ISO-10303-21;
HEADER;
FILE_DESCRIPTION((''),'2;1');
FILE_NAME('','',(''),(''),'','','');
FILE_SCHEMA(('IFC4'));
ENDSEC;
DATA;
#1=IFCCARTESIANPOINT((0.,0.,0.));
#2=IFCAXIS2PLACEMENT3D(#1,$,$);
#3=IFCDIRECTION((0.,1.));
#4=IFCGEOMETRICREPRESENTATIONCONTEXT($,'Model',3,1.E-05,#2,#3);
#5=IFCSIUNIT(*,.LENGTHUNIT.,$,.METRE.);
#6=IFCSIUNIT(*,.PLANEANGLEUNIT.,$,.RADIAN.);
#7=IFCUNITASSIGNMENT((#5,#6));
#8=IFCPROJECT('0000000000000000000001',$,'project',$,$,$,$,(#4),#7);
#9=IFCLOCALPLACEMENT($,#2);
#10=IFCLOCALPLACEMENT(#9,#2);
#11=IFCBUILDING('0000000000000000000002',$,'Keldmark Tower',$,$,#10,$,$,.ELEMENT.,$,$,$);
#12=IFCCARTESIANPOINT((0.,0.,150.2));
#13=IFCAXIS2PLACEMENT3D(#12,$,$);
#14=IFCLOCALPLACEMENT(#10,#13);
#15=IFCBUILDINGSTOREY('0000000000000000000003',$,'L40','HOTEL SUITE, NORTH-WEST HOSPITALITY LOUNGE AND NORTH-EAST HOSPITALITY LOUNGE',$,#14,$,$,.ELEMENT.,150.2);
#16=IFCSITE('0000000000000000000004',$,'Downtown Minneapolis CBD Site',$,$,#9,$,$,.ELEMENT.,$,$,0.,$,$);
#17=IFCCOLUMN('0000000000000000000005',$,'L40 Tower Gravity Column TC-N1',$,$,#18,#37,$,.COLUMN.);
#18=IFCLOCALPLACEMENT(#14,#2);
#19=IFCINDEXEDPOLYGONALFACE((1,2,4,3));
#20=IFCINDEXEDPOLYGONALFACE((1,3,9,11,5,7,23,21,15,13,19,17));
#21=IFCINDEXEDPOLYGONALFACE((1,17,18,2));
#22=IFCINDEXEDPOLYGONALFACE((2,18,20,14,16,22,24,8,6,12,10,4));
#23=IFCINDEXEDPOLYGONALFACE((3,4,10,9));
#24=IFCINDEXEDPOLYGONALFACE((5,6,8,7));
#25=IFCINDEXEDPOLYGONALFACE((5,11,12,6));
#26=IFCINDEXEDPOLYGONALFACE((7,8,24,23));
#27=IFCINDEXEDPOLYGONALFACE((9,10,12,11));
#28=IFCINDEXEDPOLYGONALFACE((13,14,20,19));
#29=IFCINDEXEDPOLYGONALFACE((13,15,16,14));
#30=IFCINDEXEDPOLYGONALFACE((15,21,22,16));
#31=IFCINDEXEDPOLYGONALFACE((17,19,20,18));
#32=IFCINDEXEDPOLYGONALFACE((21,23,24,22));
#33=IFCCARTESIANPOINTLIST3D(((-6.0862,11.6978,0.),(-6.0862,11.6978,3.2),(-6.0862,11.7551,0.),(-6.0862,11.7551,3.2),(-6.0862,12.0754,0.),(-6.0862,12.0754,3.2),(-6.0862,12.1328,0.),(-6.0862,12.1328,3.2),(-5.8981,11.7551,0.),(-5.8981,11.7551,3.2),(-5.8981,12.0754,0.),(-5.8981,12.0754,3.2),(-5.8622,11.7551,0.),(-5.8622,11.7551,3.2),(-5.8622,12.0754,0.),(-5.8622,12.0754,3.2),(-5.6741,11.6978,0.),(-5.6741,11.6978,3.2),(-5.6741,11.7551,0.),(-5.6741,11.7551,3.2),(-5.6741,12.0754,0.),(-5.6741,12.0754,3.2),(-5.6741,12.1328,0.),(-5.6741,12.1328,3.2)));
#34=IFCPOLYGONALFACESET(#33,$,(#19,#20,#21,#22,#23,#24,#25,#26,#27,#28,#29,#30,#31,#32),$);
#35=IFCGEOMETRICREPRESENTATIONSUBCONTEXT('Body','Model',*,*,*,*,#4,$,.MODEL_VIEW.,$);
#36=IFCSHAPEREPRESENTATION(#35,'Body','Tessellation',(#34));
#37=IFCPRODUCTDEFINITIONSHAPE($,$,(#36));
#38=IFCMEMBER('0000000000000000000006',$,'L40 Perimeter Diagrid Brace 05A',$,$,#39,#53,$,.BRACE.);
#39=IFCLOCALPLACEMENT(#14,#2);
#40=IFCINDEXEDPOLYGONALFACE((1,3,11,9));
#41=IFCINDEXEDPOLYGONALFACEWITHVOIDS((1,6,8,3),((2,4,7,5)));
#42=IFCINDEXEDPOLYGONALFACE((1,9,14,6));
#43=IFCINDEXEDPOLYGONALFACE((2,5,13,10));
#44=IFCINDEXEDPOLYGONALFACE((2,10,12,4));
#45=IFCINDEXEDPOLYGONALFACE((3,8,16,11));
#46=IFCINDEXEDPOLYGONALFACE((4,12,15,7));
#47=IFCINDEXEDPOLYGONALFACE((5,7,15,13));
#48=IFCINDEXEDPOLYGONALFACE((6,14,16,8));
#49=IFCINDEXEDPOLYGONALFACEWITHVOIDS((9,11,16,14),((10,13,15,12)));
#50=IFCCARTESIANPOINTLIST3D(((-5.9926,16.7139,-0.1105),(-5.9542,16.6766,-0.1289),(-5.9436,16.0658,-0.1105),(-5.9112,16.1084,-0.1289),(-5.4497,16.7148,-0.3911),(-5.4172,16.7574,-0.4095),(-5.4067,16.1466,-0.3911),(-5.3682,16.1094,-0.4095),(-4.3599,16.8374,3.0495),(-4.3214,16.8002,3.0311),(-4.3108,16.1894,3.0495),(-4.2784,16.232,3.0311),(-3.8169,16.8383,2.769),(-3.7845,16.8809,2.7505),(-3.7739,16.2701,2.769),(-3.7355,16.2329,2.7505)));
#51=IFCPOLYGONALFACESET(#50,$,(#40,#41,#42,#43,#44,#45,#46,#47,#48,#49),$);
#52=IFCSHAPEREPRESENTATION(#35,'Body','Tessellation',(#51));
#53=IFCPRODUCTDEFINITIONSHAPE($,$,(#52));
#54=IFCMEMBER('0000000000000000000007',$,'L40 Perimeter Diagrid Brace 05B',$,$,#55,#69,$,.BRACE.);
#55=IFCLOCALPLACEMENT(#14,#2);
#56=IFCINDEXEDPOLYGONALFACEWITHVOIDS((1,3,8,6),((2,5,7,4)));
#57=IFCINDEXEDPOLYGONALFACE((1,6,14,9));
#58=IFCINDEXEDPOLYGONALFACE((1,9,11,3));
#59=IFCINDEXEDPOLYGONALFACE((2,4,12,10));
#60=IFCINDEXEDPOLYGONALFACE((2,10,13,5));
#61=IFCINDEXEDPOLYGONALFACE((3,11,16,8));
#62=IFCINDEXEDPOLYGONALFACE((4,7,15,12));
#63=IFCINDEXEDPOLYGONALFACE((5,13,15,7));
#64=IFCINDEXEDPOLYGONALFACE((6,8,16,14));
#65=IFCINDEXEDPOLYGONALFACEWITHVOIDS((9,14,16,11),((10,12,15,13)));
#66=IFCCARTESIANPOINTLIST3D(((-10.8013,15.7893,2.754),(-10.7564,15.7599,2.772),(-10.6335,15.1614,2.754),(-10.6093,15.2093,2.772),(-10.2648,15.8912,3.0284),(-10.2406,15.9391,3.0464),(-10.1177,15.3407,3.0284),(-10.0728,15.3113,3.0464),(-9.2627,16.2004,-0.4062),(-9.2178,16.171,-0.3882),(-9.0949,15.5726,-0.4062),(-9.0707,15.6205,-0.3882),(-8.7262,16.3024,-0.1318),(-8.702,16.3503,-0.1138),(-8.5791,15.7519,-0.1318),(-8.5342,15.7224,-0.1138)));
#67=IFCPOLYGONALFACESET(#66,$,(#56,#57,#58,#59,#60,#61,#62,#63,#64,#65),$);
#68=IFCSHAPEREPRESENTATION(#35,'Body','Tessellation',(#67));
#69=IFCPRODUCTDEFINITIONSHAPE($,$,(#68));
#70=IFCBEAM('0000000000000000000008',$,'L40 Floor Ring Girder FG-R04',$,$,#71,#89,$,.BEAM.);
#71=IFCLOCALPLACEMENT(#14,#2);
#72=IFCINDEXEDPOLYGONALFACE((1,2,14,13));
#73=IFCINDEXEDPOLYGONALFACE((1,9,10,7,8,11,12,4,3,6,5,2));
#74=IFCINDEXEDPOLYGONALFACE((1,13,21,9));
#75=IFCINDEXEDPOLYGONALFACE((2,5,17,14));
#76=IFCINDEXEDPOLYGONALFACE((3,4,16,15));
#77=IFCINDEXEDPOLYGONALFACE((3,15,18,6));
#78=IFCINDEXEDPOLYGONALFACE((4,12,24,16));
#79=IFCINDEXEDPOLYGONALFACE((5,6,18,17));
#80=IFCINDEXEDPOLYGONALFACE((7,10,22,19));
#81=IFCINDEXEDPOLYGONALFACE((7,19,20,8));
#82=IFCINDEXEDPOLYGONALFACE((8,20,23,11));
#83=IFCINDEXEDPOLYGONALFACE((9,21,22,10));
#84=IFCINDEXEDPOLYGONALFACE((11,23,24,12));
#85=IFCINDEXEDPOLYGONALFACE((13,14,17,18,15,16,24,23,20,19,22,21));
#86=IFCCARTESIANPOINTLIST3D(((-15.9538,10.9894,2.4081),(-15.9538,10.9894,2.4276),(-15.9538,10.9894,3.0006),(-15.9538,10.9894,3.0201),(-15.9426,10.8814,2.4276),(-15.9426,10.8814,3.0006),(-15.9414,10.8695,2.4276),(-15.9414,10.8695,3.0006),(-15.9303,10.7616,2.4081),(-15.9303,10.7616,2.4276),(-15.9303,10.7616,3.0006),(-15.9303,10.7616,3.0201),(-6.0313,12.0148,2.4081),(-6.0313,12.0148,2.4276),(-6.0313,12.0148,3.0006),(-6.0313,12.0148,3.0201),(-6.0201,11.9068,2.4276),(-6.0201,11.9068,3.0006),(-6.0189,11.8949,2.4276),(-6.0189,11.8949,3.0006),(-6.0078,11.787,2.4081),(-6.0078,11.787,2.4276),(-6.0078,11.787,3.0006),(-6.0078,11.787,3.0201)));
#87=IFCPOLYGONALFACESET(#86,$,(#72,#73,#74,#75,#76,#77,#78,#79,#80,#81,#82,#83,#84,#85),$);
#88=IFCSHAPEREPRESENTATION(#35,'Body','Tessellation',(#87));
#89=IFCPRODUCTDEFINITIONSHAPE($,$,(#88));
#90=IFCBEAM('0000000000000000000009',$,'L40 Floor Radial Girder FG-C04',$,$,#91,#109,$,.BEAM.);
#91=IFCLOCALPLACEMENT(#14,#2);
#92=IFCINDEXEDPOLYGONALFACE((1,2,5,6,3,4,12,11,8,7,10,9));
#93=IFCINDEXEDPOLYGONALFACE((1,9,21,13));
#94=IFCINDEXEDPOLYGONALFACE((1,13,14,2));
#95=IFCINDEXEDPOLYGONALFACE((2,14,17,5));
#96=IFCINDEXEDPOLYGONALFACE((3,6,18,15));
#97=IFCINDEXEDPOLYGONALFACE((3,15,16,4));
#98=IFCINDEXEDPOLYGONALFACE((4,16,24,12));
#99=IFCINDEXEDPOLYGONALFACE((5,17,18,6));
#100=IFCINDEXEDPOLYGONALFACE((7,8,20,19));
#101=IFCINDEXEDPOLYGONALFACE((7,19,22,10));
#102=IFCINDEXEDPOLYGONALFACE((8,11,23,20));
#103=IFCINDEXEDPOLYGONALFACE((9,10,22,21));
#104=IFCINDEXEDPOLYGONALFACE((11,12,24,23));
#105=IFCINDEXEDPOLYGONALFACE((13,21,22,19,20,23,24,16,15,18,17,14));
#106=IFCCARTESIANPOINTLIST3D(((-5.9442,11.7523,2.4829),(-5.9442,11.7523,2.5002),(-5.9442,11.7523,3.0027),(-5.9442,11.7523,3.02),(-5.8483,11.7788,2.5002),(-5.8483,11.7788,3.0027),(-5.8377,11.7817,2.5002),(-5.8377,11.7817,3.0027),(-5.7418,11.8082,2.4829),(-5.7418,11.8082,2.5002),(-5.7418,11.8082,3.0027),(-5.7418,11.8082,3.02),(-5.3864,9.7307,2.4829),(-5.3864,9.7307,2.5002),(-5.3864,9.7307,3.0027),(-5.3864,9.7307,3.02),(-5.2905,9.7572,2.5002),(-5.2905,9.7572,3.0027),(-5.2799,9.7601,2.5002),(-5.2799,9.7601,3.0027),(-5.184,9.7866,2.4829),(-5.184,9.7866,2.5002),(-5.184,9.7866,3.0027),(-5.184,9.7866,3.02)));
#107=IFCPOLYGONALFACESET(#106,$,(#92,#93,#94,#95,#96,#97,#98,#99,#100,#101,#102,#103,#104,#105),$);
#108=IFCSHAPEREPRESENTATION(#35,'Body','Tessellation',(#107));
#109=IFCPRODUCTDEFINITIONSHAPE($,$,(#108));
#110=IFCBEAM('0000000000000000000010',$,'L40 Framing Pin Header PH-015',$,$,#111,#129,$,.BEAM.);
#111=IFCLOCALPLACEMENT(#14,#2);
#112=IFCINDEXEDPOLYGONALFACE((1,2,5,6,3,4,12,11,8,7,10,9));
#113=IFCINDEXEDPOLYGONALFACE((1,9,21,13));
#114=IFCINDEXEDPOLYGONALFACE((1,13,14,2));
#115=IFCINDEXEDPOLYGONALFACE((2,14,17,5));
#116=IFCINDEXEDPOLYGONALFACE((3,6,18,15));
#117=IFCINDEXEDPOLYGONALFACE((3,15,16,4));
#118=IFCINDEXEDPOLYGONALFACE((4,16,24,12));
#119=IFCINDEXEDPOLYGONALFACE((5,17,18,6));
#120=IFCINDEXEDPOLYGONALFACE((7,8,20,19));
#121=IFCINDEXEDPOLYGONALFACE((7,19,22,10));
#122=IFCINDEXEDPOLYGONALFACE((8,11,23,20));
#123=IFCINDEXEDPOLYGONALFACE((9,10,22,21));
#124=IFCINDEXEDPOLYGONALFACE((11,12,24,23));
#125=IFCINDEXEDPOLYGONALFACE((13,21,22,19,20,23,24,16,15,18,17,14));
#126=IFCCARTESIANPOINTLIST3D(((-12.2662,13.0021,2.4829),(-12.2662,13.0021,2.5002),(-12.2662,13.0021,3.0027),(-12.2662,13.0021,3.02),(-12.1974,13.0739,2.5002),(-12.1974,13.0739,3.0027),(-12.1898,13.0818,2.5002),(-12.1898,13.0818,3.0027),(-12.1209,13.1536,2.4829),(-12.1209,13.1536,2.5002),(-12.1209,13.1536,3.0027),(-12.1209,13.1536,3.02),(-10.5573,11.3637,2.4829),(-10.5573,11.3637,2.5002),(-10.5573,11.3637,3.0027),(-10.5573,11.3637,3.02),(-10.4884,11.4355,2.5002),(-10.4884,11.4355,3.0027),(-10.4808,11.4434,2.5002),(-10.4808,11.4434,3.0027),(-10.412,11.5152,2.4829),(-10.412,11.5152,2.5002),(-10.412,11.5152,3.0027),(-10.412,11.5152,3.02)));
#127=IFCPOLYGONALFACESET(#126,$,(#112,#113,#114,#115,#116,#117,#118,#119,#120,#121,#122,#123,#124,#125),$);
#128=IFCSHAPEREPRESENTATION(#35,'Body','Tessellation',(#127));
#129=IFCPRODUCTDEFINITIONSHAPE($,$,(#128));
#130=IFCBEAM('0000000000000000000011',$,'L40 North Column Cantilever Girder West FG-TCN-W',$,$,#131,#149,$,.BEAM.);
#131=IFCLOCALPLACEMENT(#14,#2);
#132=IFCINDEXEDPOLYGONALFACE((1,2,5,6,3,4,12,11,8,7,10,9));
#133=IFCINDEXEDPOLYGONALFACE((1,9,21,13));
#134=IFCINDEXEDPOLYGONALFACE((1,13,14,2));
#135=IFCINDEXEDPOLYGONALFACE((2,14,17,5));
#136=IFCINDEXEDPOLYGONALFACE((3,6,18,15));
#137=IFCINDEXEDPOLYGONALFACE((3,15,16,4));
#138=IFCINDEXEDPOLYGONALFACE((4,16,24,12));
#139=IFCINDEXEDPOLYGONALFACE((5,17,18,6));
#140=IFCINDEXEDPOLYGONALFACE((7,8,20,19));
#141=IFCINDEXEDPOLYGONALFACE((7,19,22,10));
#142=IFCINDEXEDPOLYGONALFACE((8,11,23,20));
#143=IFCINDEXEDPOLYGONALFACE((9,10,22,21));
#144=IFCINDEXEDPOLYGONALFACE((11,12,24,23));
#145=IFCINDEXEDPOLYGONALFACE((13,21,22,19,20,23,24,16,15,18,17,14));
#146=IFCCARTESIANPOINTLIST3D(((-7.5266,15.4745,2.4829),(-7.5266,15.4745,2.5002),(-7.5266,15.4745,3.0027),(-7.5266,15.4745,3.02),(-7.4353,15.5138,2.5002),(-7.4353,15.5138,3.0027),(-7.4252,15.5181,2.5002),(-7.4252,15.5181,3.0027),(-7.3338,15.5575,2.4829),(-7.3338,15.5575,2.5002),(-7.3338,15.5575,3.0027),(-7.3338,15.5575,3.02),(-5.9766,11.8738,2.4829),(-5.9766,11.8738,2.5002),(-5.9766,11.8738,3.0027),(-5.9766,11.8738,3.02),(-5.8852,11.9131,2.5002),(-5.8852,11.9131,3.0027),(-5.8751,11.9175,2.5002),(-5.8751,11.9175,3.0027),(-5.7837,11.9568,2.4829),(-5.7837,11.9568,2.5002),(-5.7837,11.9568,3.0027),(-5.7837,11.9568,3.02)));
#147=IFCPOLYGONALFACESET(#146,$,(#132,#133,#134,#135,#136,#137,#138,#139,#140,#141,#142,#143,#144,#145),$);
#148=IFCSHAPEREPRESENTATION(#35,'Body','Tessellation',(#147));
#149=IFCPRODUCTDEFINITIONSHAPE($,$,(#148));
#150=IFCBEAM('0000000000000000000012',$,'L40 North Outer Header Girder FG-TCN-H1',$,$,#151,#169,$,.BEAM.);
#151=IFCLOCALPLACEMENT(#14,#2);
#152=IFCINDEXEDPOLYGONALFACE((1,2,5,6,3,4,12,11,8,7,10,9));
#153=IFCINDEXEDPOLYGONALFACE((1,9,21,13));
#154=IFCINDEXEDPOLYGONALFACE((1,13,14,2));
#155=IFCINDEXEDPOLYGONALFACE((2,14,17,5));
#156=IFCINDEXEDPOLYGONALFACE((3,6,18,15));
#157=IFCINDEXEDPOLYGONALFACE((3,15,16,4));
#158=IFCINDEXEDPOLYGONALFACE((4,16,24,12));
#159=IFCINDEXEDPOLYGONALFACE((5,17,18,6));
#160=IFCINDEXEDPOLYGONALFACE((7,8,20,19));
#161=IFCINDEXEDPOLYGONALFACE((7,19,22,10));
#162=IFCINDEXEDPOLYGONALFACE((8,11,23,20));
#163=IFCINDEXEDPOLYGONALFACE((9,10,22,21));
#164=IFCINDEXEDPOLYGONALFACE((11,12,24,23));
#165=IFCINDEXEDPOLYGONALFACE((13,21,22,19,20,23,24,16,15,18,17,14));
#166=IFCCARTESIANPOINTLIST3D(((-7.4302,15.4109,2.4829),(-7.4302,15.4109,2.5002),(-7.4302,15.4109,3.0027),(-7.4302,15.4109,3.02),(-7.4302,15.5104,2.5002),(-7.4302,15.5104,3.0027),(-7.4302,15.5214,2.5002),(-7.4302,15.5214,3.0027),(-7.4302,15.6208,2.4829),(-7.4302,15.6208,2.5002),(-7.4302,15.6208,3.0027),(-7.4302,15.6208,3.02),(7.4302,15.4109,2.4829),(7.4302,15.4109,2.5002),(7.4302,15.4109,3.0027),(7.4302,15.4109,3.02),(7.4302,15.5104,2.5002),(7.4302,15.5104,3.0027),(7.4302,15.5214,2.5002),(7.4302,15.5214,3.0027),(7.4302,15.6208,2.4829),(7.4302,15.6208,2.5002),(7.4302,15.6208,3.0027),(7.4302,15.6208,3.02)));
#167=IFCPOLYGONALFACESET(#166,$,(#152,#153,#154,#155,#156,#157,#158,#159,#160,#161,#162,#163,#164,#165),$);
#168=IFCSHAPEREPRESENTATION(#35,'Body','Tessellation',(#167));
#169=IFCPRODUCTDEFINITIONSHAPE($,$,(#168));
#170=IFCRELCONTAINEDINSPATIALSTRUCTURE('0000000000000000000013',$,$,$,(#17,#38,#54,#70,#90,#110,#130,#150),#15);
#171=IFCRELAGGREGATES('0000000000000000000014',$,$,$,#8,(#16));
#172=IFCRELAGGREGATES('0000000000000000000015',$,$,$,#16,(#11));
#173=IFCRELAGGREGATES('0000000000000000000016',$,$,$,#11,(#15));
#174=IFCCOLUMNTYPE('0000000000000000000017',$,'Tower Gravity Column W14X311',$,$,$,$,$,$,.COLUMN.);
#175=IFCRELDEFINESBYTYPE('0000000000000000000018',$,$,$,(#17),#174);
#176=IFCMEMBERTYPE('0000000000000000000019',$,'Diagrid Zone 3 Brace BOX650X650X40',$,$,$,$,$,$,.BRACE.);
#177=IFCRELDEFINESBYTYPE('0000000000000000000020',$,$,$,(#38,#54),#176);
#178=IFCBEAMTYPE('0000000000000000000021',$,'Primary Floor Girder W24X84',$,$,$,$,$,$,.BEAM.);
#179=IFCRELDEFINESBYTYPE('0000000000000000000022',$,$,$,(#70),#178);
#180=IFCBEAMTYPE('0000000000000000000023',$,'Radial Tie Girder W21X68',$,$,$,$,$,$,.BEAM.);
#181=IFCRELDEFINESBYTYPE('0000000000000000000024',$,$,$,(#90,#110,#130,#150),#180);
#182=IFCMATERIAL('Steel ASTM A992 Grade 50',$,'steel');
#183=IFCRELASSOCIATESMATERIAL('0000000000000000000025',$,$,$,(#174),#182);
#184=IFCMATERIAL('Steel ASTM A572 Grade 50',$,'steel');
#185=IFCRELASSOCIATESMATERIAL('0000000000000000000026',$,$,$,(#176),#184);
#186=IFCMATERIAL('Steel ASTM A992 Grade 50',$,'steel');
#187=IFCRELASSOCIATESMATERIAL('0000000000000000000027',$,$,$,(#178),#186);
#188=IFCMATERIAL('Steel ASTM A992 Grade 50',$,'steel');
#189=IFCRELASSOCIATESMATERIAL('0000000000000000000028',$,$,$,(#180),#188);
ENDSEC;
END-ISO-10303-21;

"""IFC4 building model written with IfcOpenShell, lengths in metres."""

from ifc_helpers import new_model, si_unit, direction, frame, origin, origin_2d, place, context, subcontext, project, spatial, hollow_rectangle, i_section, extrude, material, material_profile, profile_set, type_object, element, save


model = new_model("IFC4")

# Units and contexts
model_context = context("Model", 3, precision=1e-05, world=origin(), true_north=direction((0.0, 1.0)))
body_context = subcontext(model_context, "Body", "Model", "MODEL_VIEW")
ifc_project = project(units=[si_unit("LENGTHUNIT", "METRE"), si_unit("PLANEANGLEUNIT", "RADIAN")], contexts=[model_context])

# Site, building, storey
site_placement = place(None, origin())
site = spatial("IfcSite", under=ifc_project, at=site_placement, Name="Downtown Minneapolis CBD Site", CompositionType="ELEMENT", RefElevation=0.0)
building_placement = place(site_placement, origin())
building = spatial("IfcBuilding", under=site, at=building_placement, Name="Keldmark Tower", CompositionType="ELEMENT")
storey_placement = place(building_placement, frame((0.0, 0.0, 150.2)))
storey = spatial("IfcBuildingStorey", under=building, at=storey_placement, Name="L40", Description="HOTEL SUITE, NORTH-WEST HOSPITALITY LOUNGE AND NORTH-EAST HOSPITALITY LOUNGE", CompositionType="ELEMENT", Elevation=150.2)

# Column
ifc_material_1 = material(Name="Steel ASTM A992 Grade 50", Category="steel")
ifc_material_profile_1 = material_profile(ifc_material_1, i_section(OverallWidth=0.4121, OverallDepth=0.4351, WebThickness=0.0359, FlangeThickness=0.0574, at=origin_2d()), Name="W14X311")
ifc_profile_set_1 = profile_set([ifc_material_profile_1], Name="Steel ASTM A992 Grade 50")
column_type = type_object("IfcColumnType", Name="Tower Gravity Column W14X311", PredefinedType="COLUMN", material=ifc_profile_set_1)
column_placement = place(storey_placement, frame((-5.8801, 11.9153, 0.0), z_axis=(0.0, 0.0, 1.0), x_axis=(1.0, 0.0, 0.0)))
element("IfcColumn", 1, at=column_placement, inside=storey, type_object=column_type, Name="L40 Tower Gravity Column TC-N1", PredefinedType="COLUMN", context=body_context, shape_type="SweptSolid", body=[
    extrude(i_section(OverallWidth=0.4121, OverallDepth=0.4351, WebThickness=0.0359, FlangeThickness=0.0574, at=origin_2d()), origin(), (0.0, 0.0, 1.0), 3.2),
])

# Members
ifc_material_2 = material(Name="Steel ASTM A572 Grade 50", Category="steel")
ifc_material_profile_2 = material_profile(ifc_material_2, hollow_rectangle(XDim=0.6499, YDim=0.6499, WallThickness=0.04, at=origin_2d()), Name="BOX650X650X40")
ifc_profile_set_2 = profile_set([ifc_material_profile_2], Name="Steel ASTM A572 Grade 50")
member_type = type_object("IfcMemberType", Name="Diagrid Zone 3 Brace BOX650X650X40", PredefinedType="BRACE", material=ifc_profile_set_2)
member_1_placement = place(storey_placement, frame((-5.6804, 16.4116, -0.26), z_axis=(0.458758, 0.034709, 0.887883), x_axis=(-0.075442, 0.99715, 0.0)))
element("IfcMember", 2, at=member_1_placement, inside=storey, type_object=member_type, Name="L40 Perimeter Diagrid Brace 05A", PredefinedType="BRACE", context=body_context, shape_type="SweptSolid", body=[
    extrude(hollow_rectangle(XDim=0.6499, YDim=0.6499, WallThickness=0.04, at=origin_2d()), origin(), (0.0, 0.0, 1.0), 3.5591),
])
member_2_placement = place(storey_placement, frame((-8.8984, 15.9614, -0.26), z_axis=(-0.434778, -0.11618, 0.893012), x_axis=(0.258159, -0.966103, 0.0)))
element("IfcMember", 3, at=member_2_placement, inside=storey, type_object=member_type, Name="L40 Perimeter Diagrid Brace 05B", PredefinedType="BRACE", context=body_context, shape_type="SweptSolid", body=[
    extrude(hollow_rectangle(XDim=0.6499, YDim=0.6499, WallThickness=0.04, at=origin_2d()), origin(), (0.0, 0.0, 1.0), 3.5388),
])

# Beams
ifc_material_3 = material(Name="Steel ASTM A992 Grade 50", Category="steel")
ifc_material_profile_3 = material_profile(ifc_material_3, i_section(OverallWidth=0.229, OverallDepth=0.6121, WebThickness=0.012, FlangeThickness=0.0195, at=origin_2d()), Name="W24X84")
ifc_profile_set_3 = profile_set([ifc_material_profile_3], Name="Steel ASTM A992 Grade 50")
beam_type_1 = type_object("IfcBeamType", Name="Primary Floor Girder W24X84", PredefinedType="BEAM", material=ifc_profile_set_3)
beam_1_placement = place(storey_placement, frame((-6.0195, 11.9009, 2.7141), z_axis=(-0.994703, -0.102791, 0.0), x_axis=(0.102791, -0.994703, 0.0)))
element("IfcBeam", 4, at=beam_1_placement, inside=storey, type_object=beam_type_1, Name="L40 Floor Ring Girder FG-R04", PredefinedType="BEAM", context=body_context, shape_type="SweptSolid", body=[
    extrude(i_section(OverallWidth=0.229, OverallDepth=0.6121, WebThickness=0.012, FlangeThickness=0.0195, at=origin_2d()), origin(), (0.0, 0.0, 1.0), 9.9753),
])
ifc_material_4 = material(Name="Steel ASTM A992 Grade 50", Category="steel")
ifc_material_profile_4 = material_profile(ifc_material_4, i_section(OverallWidth=0.21, OverallDepth=0.5371, WebThickness=0.011, FlangeThickness=0.0173, at=origin_2d()), Name="W21X68")
ifc_profile_set_4 = profile_set([ifc_material_profile_4], Name="Steel ASTM A992 Grade 50")
beam_type_2 = type_object("IfcBeamType", Name="Radial Tie Girder W21X68", PredefinedType="BEAM", material=ifc_profile_set_4)
beam_2_placement = place(storey_placement, frame((-5.843, 11.7803, 2.7515), z_axis=(0.265992, -0.963975, 0.0), x_axis=(0.963975, 0.265992, 0.0)))
element("IfcBeam", 5, at=beam_2_placement, inside=storey, type_object=beam_type_2, Name="L40 Floor Radial Girder FG-C04", PredefinedType="BEAM", context=body_context, shape_type="SweptSolid", body=[
    extrude(i_section(OverallWidth=0.21, OverallDepth=0.5371, WebThickness=0.011, FlangeThickness=0.0173, at=origin_2d()), origin(), (0.0, 0.0, 1.0), 2.0972),
])
beam_3_placement = place(storey_placement, frame((-10.4846, 11.4395, 2.7515), z_axis=(-0.721851, 0.692049, 0.0), x_axis=(-0.692049, -0.721851, 0.0)))
element("IfcBeam", 6, at=beam_3_placement, inside=storey, type_object=beam_type_2, Name="L40 Framing Pin Header PH-015", PredefinedType="BEAM", context=body_context, shape_type="SweptSolid", body=[
    extrude(i_section(OverallWidth=0.21, OverallDepth=0.5371, WebThickness=0.011, FlangeThickness=0.0173, at=origin_2d()), origin(), (0.0, 0.0, 1.0), 2.3674),
])
beam_4_placement = place(storey_placement, frame((-5.8801, 11.9153, 2.7515), z_axis=(-0.395415, 0.918503, 0.0), x_axis=(-0.918503, -0.395415, 0.0)))
element("IfcBeam", 7, at=beam_4_placement, inside=storey, type_object=beam_type_2, Name="L40 North Column Cantilever Girder West FG-TCN-W", PredefinedType="BEAM", context=body_context, shape_type="SweptSolid", body=[
    extrude(i_section(OverallWidth=0.21, OverallDepth=0.5371, WebThickness=0.011, FlangeThickness=0.0173, at=origin_2d()), origin(), (0.0, 0.0, 1.0), 3.9202),
])
beam_5_placement = place(storey_placement, frame((-7.4302, 15.5159, 2.7515), z_axis=(1.0, 0.0, 0.0), x_axis=(0.0, 1.0, 0.0)))
element("IfcBeam", 8, at=beam_5_placement, inside=storey, type_object=beam_type_2, Name="L40 North Outer Header Girder FG-TCN-H1", PredefinedType="BEAM", context=body_context, shape_type="SweptSolid", body=[
    extrude(i_section(OverallWidth=0.21, OverallDepth=0.5371, WebThickness=0.011, FlangeThickness=0.0173, at=origin_2d()), origin(), (0.0, 0.0, 1.0), 14.8604),
])

save(model, "model.ifc")
